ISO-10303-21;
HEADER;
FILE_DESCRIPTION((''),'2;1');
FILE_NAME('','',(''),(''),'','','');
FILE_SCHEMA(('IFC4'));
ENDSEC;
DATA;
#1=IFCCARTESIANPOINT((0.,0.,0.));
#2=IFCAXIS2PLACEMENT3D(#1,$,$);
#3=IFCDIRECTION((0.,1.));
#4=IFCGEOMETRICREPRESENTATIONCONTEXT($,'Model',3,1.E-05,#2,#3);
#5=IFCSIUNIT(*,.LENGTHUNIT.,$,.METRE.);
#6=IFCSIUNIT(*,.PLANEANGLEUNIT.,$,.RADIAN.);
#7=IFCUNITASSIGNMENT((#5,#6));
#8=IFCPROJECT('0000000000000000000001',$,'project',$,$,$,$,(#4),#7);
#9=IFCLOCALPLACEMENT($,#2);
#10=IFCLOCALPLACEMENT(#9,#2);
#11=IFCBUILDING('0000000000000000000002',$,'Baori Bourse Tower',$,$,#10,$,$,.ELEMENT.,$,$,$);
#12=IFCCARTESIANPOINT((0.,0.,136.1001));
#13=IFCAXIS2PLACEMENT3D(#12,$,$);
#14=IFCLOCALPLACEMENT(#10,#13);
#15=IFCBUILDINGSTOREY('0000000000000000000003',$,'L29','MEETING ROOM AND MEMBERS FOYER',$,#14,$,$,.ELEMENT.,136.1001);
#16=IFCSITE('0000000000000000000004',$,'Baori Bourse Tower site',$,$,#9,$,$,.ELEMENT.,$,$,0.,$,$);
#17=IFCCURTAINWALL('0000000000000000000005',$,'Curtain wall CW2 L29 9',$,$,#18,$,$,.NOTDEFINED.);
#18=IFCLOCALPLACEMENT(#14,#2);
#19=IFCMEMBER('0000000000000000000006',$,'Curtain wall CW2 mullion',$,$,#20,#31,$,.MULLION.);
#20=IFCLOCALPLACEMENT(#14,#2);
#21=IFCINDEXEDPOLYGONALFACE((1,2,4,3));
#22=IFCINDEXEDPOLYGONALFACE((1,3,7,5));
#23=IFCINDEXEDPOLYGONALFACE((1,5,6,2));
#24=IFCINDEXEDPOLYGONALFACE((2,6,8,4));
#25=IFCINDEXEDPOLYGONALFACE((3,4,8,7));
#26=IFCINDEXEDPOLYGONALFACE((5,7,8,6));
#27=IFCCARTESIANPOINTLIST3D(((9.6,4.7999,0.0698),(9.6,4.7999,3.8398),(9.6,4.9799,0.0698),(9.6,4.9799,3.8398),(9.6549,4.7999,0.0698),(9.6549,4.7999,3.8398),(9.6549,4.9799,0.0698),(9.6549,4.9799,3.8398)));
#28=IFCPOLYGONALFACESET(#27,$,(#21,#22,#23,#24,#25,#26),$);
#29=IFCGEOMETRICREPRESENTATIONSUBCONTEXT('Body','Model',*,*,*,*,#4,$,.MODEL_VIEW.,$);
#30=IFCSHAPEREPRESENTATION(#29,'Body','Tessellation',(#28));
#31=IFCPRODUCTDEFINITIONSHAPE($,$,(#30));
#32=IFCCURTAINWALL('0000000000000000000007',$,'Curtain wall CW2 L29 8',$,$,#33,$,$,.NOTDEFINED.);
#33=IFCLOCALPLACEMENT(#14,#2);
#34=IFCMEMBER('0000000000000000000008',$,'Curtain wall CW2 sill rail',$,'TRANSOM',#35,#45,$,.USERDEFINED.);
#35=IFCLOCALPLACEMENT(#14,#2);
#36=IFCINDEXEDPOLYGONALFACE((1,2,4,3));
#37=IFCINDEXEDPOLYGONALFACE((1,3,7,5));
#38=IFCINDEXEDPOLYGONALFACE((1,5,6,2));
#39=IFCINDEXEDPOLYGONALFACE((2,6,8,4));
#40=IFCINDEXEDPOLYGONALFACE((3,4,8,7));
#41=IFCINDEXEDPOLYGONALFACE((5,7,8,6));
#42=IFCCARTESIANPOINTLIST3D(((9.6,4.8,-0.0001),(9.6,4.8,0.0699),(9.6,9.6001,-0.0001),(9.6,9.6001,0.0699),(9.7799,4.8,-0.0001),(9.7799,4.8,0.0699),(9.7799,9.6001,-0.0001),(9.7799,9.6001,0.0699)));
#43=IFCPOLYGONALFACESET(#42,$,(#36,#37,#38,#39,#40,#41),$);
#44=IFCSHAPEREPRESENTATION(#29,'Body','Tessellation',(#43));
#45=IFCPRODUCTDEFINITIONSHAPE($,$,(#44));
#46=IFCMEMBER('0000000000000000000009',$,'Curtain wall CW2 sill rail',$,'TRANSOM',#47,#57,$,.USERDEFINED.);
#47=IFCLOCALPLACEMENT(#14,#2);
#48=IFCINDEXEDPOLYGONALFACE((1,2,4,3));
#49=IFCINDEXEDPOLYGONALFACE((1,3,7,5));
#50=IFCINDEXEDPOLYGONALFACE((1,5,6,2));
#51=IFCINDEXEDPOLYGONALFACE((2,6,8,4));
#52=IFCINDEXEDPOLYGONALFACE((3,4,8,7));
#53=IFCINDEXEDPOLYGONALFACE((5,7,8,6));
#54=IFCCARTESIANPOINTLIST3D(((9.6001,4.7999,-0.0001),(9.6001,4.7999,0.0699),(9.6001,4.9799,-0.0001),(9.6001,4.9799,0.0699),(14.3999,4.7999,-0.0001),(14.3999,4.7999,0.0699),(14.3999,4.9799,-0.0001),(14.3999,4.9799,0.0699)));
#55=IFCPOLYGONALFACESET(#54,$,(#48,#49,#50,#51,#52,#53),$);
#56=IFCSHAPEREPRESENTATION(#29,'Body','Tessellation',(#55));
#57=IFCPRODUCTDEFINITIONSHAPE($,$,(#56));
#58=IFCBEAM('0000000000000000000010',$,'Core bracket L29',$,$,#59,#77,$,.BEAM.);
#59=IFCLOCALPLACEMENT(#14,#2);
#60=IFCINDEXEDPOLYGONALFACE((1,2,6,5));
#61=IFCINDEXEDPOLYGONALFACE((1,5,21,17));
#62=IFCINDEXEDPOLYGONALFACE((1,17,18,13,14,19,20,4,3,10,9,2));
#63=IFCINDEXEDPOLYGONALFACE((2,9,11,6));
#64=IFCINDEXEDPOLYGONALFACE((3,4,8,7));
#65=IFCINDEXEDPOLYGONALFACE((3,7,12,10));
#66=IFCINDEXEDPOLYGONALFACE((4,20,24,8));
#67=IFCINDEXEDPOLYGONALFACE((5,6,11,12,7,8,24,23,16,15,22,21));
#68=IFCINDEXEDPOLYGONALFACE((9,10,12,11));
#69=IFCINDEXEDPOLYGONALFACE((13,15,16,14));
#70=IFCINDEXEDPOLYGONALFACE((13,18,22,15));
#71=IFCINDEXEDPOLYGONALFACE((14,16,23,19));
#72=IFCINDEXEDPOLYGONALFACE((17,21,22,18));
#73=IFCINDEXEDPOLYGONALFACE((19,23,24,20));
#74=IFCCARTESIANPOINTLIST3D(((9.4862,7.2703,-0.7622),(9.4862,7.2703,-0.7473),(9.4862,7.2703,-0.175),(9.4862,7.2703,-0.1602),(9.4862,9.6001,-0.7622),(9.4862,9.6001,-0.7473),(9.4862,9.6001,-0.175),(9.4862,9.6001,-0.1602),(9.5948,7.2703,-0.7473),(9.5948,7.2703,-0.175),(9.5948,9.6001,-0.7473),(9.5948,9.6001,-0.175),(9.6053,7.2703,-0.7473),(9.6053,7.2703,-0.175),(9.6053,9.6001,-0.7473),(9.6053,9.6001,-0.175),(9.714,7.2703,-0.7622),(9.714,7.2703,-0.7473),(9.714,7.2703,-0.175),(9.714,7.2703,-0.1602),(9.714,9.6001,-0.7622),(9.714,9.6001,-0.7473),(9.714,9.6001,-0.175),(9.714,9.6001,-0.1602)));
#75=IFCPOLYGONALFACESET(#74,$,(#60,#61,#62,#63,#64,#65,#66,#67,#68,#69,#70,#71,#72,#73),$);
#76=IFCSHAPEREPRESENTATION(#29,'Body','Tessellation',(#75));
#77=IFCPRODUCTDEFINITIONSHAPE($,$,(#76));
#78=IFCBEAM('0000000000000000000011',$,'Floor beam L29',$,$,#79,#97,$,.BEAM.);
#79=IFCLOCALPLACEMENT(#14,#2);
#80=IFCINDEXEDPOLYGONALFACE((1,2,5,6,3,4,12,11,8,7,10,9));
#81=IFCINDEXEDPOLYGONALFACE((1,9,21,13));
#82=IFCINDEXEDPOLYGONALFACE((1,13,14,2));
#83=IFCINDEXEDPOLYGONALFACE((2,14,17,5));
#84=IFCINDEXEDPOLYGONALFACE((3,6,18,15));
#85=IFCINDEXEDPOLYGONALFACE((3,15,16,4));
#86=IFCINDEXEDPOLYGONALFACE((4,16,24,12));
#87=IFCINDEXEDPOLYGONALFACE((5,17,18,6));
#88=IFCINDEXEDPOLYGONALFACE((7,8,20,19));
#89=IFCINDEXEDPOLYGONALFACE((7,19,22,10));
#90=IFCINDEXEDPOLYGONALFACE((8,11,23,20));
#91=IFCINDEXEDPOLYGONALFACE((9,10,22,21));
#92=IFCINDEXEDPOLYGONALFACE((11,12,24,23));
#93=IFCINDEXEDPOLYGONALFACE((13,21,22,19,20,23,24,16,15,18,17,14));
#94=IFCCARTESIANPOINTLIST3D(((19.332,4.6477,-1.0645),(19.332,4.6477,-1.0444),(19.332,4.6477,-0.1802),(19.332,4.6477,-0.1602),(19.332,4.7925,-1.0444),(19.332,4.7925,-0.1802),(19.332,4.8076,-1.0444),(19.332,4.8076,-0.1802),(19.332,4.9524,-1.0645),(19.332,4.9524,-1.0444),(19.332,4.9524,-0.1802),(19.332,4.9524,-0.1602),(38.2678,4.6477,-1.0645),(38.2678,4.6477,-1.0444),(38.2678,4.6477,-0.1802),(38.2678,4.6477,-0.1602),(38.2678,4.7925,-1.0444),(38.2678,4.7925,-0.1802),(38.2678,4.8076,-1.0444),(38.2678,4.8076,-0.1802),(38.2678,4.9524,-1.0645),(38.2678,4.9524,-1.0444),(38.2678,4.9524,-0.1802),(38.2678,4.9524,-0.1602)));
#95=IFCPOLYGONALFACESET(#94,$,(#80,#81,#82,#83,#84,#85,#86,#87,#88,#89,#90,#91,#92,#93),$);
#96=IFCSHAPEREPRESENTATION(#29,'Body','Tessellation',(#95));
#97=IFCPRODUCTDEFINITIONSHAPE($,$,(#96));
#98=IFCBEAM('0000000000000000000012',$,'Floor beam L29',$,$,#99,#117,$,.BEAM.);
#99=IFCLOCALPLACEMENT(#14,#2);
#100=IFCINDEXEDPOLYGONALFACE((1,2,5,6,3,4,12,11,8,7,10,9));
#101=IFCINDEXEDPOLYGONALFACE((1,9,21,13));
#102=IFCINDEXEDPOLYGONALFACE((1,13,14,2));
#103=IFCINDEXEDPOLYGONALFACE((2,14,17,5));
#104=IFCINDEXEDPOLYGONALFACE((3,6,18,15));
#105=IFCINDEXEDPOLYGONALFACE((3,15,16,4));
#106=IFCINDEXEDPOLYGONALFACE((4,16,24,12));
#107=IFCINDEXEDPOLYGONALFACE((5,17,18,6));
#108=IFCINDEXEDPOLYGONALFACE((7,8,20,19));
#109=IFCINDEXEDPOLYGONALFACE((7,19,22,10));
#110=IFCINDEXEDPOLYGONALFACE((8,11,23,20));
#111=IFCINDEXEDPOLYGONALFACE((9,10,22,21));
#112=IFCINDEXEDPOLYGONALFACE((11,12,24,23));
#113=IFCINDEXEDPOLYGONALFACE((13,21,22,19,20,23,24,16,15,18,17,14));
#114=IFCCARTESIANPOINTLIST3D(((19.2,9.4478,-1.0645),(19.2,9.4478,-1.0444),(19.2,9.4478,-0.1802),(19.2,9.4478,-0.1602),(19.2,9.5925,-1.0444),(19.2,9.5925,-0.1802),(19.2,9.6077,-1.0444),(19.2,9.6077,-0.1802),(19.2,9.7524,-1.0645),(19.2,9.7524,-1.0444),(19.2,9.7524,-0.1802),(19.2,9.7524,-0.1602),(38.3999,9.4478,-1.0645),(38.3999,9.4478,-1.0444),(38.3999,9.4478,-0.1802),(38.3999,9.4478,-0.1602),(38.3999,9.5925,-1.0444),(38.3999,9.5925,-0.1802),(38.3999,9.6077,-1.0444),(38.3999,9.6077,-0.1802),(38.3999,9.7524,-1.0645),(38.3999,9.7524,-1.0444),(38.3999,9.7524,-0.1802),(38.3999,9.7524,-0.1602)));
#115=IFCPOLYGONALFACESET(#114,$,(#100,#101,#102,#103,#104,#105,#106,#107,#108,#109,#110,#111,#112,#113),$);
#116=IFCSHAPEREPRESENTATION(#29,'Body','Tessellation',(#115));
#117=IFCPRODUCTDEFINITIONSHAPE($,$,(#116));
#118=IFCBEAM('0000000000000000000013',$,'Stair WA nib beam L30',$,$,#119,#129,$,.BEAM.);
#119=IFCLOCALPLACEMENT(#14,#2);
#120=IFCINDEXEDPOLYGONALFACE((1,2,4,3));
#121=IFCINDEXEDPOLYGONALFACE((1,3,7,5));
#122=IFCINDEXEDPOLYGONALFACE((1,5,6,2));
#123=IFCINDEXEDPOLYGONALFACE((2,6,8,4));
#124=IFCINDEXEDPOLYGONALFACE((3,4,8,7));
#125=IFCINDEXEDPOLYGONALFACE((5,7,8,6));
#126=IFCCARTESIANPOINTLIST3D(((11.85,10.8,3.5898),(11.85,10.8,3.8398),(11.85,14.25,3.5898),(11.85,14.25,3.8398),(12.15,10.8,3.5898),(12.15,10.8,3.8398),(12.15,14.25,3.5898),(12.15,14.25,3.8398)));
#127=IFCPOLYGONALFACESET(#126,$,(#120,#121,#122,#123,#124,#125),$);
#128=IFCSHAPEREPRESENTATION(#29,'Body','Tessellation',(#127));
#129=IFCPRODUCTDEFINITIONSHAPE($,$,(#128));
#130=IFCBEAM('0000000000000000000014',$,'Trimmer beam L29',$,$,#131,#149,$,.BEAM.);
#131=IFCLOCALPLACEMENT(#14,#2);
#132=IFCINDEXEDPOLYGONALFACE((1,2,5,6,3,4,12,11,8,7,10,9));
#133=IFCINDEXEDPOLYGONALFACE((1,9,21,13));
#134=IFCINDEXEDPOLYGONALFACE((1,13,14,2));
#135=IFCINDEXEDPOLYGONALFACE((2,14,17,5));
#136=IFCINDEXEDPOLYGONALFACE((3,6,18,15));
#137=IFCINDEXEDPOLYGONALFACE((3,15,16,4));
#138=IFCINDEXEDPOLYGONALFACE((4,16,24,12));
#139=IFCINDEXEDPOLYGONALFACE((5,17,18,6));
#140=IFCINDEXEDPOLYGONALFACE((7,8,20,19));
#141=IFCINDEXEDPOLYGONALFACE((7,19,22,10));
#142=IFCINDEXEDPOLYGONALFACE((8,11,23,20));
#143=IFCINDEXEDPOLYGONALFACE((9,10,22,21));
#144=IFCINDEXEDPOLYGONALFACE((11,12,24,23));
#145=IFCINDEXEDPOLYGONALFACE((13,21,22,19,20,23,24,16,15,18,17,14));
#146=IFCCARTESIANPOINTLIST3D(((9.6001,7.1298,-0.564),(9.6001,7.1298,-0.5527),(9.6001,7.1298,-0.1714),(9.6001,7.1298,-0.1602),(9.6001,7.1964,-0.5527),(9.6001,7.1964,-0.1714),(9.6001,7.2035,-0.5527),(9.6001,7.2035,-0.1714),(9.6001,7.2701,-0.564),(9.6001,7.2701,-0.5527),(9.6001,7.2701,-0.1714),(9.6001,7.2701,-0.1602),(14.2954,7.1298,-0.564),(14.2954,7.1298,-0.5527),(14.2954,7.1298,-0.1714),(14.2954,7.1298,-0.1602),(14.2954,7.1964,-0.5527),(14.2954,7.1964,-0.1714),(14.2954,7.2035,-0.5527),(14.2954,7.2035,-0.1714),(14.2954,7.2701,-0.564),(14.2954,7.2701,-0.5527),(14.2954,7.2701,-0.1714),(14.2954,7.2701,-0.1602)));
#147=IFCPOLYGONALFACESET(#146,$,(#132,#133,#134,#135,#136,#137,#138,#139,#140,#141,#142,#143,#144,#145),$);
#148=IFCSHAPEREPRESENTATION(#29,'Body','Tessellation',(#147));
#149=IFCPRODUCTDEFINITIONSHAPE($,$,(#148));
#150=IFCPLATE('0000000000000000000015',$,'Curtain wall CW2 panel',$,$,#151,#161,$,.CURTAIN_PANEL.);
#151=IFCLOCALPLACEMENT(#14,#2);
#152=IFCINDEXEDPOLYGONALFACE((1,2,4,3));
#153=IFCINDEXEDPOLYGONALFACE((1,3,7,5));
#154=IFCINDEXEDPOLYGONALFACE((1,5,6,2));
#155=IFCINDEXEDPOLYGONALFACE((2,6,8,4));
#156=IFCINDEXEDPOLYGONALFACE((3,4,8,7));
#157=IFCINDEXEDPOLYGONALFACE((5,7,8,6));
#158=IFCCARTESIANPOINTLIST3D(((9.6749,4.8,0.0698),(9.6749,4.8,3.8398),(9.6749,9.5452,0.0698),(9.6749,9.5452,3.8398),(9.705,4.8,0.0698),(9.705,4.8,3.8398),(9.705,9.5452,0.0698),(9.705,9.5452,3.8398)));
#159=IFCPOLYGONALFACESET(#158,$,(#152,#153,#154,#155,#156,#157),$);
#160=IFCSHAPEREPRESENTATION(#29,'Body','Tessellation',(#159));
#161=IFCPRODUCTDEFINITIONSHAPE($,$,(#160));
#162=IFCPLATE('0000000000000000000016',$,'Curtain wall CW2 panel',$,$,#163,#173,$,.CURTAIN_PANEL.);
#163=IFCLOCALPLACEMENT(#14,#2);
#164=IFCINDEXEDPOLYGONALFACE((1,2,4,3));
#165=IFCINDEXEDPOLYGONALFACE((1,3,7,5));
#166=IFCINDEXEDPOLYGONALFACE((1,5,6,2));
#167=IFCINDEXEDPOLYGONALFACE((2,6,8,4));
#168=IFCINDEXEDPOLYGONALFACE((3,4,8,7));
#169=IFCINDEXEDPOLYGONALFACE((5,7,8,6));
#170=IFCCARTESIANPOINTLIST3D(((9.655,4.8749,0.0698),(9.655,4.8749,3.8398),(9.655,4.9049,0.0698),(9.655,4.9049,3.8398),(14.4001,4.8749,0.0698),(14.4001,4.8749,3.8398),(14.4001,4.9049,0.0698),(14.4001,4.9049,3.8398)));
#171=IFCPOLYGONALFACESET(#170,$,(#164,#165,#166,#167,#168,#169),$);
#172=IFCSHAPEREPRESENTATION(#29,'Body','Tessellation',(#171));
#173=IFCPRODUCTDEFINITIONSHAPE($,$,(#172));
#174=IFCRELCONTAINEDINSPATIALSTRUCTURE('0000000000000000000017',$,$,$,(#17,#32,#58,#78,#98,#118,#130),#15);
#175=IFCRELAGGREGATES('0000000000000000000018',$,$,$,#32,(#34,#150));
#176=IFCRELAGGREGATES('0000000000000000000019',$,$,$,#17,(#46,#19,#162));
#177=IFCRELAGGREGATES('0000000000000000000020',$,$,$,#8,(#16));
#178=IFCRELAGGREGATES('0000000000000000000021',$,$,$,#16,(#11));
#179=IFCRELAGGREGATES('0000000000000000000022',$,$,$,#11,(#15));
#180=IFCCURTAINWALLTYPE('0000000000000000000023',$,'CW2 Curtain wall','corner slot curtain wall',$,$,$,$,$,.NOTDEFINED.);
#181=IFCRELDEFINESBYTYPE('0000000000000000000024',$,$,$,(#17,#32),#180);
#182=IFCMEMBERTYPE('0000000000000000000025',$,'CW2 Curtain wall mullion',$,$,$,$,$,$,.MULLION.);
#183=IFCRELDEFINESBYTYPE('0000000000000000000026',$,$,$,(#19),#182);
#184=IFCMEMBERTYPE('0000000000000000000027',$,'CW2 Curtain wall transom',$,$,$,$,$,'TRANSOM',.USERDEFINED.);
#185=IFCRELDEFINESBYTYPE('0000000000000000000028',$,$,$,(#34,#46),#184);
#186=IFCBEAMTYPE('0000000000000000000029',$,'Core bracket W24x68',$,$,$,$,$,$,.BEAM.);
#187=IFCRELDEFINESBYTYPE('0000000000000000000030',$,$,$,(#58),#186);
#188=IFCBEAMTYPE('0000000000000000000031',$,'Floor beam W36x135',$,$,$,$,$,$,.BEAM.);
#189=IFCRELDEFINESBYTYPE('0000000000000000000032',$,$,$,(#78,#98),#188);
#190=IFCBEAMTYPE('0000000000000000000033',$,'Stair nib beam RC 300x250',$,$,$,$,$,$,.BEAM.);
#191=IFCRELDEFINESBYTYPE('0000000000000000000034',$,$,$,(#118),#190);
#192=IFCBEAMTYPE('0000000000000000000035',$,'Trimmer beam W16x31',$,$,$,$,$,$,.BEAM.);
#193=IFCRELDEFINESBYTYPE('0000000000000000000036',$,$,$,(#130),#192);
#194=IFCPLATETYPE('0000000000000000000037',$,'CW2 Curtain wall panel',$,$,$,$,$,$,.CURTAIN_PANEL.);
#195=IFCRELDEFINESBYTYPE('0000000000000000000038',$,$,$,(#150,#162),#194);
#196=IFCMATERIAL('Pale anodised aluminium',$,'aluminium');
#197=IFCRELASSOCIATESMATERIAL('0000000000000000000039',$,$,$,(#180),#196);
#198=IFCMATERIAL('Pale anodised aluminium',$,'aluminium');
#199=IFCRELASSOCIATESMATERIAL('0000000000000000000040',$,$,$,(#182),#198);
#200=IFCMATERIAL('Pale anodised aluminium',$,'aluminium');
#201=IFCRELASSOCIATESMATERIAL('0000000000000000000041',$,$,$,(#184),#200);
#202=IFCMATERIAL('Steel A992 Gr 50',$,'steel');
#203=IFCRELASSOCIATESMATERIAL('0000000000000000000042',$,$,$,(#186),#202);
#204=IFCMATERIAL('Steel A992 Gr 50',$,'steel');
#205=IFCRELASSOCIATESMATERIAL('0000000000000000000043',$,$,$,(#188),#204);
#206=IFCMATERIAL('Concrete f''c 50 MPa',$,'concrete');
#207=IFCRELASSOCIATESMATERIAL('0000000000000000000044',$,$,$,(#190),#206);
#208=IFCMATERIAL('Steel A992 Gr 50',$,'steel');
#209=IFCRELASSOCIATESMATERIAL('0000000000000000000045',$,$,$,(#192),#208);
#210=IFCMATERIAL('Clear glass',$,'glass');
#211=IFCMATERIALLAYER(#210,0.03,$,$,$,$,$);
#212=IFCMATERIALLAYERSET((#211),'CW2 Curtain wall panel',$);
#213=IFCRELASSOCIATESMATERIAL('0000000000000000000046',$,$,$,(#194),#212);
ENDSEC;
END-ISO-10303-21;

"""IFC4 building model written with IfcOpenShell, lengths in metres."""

from ifc_helpers import new_model, si_unit, direction, frame, origin, origin_2d, place, context, subcontext, project, spatial, rectangle, i_section, extrude, material, layer, layer_set, material_profile, profile_set, type_object, element, aggregate, save


model = new_model("IFC4")

# Units and contexts
model_context = context("Model", 3, precision=1e-05, world=origin(), true_north=direction((0.0, 1.0)))
body_context = subcontext(model_context, "Body", "Model", "MODEL_VIEW")
ifc_project = project(units=[si_unit("LENGTHUNIT", "METRE"), si_unit("PLANEANGLEUNIT", "RADIAN")], contexts=[model_context])

# Site, building, storey
site_placement = place(None, origin())
site = spatial("IfcSite", under=ifc_project, at=site_placement, Name="Baori Bourse Tower site", CompositionType="ELEMENT", RefElevation=0.0)
building_placement = place(site_placement, origin())
building = spatial("IfcBuilding", under=site, at=building_placement, Name="Baori Bourse Tower", CompositionType="ELEMENT")
storey_placement = place(building_placement, frame((0.0, 0.0, 136.1001)))
storey = spatial("IfcBuildingStorey", under=building, at=storey_placement, Name="L29", Description="MEETING ROOM AND MEMBERS FOYER", CompositionType="ELEMENT", Elevation=136.1001)

# Curtain walls, members
ifc_material_1 = material(Name="Pale anodised aluminium", Category="aluminium")
curtain_wall_type = type_object("IfcCurtainWallType", Name="CW2 Curtain wall", Description="corner slot curtain wall", PredefinedType="NOTDEFINED", material=ifc_material_1)
curtain_wall_1_placement = place(storey_placement, origin())
curtain_wall_1 = element("IfcCurtainWall", 1, at=curtain_wall_1_placement, inside=storey, type_object=curtain_wall_type, Name="Curtain wall CW2 L29 9", PredefinedType="NOTDEFINED")
ifc_material_2 = material(Name="Pale anodised aluminium", Category="aluminium")
ifc_material_profile_1 = material_profile(ifc_material_2, rectangle(XDim=0.1799, YDim=0.0549, at=origin_2d()), Name="Mullion 55x180")
ifc_profile_set_1 = profile_set([ifc_material_profile_1], Name="Pale anodised aluminium")
member_type_1 = type_object("IfcMemberType", Name="CW2 Curtain wall mullion", PredefinedType="MULLION", material=ifc_profile_set_1)
member_1_placement = place(storey_placement, frame((9.6274, 4.8899, 0.0698), z_axis=(0.0, 0.0, 1.0), x_axis=(0.0, 1.0, 0.0)))
member_1 = element("IfcMember", 2, at=member_1_placement, type_object=member_type_1, Name="Curtain wall CW2 mullion", PredefinedType="MULLION", context=body_context, shape_type="SweptSolid", body=[
    extrude(rectangle(XDim=0.1799, YDim=0.0549, at=origin_2d()), origin(), (0.0, 0.0, 1.0), 3.77),
])
curtain_wall_2_placement = place(storey_placement, origin())
curtain_wall_2 = element("IfcCurtainWall", 3, at=curtain_wall_2_placement, inside=storey, type_object=curtain_wall_type, Name="Curtain wall CW2 L29 8", PredefinedType="NOTDEFINED")
ifc_material_3 = material(Name="Pale anodised aluminium", Category="aluminium")
ifc_material_profile_2 = material_profile(ifc_material_3, rectangle(XDim=0.1799, YDim=0.0701, at=origin_2d()), Name="Transom 70x180")
ifc_profile_set_2 = profile_set([ifc_material_profile_2], Name="Pale anodised aluminium")
member_type_2 = type_object("IfcMemberType", Name="CW2 Curtain wall transom", ElementType="TRANSOM", PredefinedType="USERDEFINED", material=ifc_profile_set_2)
member_2_placement = place(storey_placement, frame((9.6899, 9.6001, 0.0349), z_axis=(0.0, -1.0, 0.0), x_axis=(1.0, 0.0, 0.0)))
member_2 = element("IfcMember", 4, at=member_2_placement, type_object=member_type_2, Name="Curtain wall CW2 sill rail", ObjectType="TRANSOM", PredefinedType="USERDEFINED", context=body_context, shape_type="SweptSolid", body=[
    extrude(rectangle(XDim=0.1799, YDim=0.0701, at=origin_2d()), origin(), (0.0, 0.0, 1.0), 4.8),
])

# Member
member_3_placement = place(storey_placement, frame((9.6001, 4.8899, 0.0349), z_axis=(1.0, 0.0, 0.0), x_axis=(0.0, 1.0, 0.0)))
member_3 = element("IfcMember", 5, at=member_3_placement, type_object=member_type_2, Name="Curtain wall CW2 sill rail", ObjectType="TRANSOM", PredefinedType="USERDEFINED", context=body_context, shape_type="SweptSolid", body=[
    extrude(rectangle(XDim=0.1799, YDim=0.0701, at=origin_2d()), origin(), (0.0, 0.0, 1.0), 4.7998),
])

# Beams
ifc_material_4 = material(Name="Steel A992 Gr 50", Category="steel")
ifc_material_profile_3 = material_profile(ifc_material_4, i_section(OverallWidth=0.2278, OverallDepth=0.6021, WebThickness=0.0105, FlangeThickness=0.0149, at=origin_2d()), Name="W24x68")
ifc_profile_set_3 = profile_set([ifc_material_profile_3], Name="Steel A992 Gr 50")
beam_type_1 = type_object("IfcBeamType", Name="Core bracket W24x68", PredefinedType="BEAM", material=ifc_profile_set_3)
beam_1_placement = place(storey_placement, frame((9.6001, 7.2703, -0.4612), z_axis=(0.0, 1.0, 0.0), x_axis=(-1.0, 0.0, 0.0)))
element("IfcBeam", 6, at=beam_1_placement, inside=storey, type_object=beam_type_1, Name="Core bracket L29", PredefinedType="BEAM", context=body_context, shape_type="SweptSolid", body=[
    extrude(i_section(OverallWidth=0.2278, OverallDepth=0.6021, WebThickness=0.0105, FlangeThickness=0.0149, at=origin_2d()), origin(), (0.0, 0.0, 1.0), 2.3298),
])
ifc_material_5 = material(Name="Steel A992 Gr 50", Category="steel")
ifc_material_profile_4 = material_profile(ifc_material_5, i_section(OverallWidth=0.3047, OverallDepth=0.9043, WebThickness=0.0151, FlangeThickness=0.02, at=origin_2d()), Name="W36x135")
ifc_profile_set_4 = profile_set([ifc_material_profile_4], Name="Steel A992 Gr 50")
beam_type_2 = type_object("IfcBeamType", Name="Floor beam W36x135", PredefinedType="BEAM", material=ifc_profile_set_4)
beam_2_placement = place(storey_placement, frame((19.332, 4.8, -0.6123), z_axis=(1.0, 0.0, 0.0), x_axis=(0.0, 1.0, 0.0)))
element("IfcBeam", 7, at=beam_2_placement, inside=storey, type_object=beam_type_2, Name="Floor beam L29", PredefinedType="BEAM", context=body_context, shape_type="SweptSolid", body=[
    extrude(i_section(OverallWidth=0.3047, OverallDepth=0.9043, WebThickness=0.0151, FlangeThickness=0.02, at=origin_2d()), origin(), (0.0, 0.0, 1.0), 18.9358),
])
beam_3_placement = place(storey_placement, frame((19.2, 9.6001, -0.6123), z_axis=(1.0, 0.0, 0.0), x_axis=(0.0, 1.0, 0.0)))
element("IfcBeam", 8, at=beam_3_placement, inside=storey, type_object=beam_type_2, Name="Floor beam L29", PredefinedType="BEAM", context=body_context, shape_type="SweptSolid", body=[
    extrude(i_section(OverallWidth=0.3047, OverallDepth=0.9043, WebThickness=0.0151, FlangeThickness=0.02, at=origin_2d()), origin(), (0.0, 0.0, 1.0), 19.2),
])
ifc_material_6 = material(Name="Concrete f'c 50 MPa", Category="concrete")
ifc_material_profile_5 = material_profile(ifc_material_6, rectangle(XDim=0.3, YDim=0.25, at=origin_2d()), Name="RC 300x250")
ifc_profile_set_5 = profile_set([ifc_material_profile_5], Name="Concrete f'c 50 MPa")
beam_type_3 = type_object("IfcBeamType", Name="Stair nib beam RC 300x250", PredefinedType="BEAM", material=ifc_profile_set_5)
beam_4_placement = place(storey_placement, frame((12.0, 10.8, 3.7148), z_axis=(0.0, 1.0, 0.0), x_axis=(-1.0, 0.0, 0.0)))
element("IfcBeam", 9, at=beam_4_placement, inside=storey, type_object=beam_type_3, Name="Stair WA nib beam L30", PredefinedType="BEAM", context=body_context, shape_type="SweptSolid", body=[
    extrude(rectangle(XDim=0.3, YDim=0.25, at=origin_2d()), origin(), (0.0, 0.0, 1.0), 3.45),
])
ifc_material_7 = material(Name="Steel A992 Gr 50", Category="steel")
ifc_material_profile_6 = material_profile(ifc_material_7, i_section(OverallWidth=0.1404, OverallDepth=0.4038, WebThickness=0.0071, FlangeThickness=0.0112, at=origin_2d()), Name="W16x31")
ifc_profile_set_6 = profile_set([ifc_material_profile_6], Name="Steel A992 Gr 50")
beam_type_4 = type_object("IfcBeamType", Name="Trimmer beam W16x31", PredefinedType="BEAM", material=ifc_profile_set_6)
beam_5_placement = place(storey_placement, frame((9.6001, 7.2, -0.3621), z_axis=(1.0, 0.0, 0.0), x_axis=(0.0, 1.0, 0.0)))
element("IfcBeam", 10, at=beam_5_placement, inside=storey, type_object=beam_type_4, Name="Trimmer beam L29", PredefinedType="BEAM", context=body_context, shape_type="SweptSolid", body=[
    extrude(i_section(OverallWidth=0.1404, OverallDepth=0.4038, WebThickness=0.0071, FlangeThickness=0.0112, at=origin_2d()), origin(), (0.0, 0.0, 1.0), 4.6953),
])

# Plates
ifc_material_8 = material(Name="Clear glass", Category="glass")
ifc_layer_1 = layer(ifc_material_8, 0.03)
ifc_layer_set_1 = layer_set([ifc_layer_1], Name="CW2 Curtain wall panel")
plate_type = type_object("IfcPlateType", Name="CW2 Curtain wall panel", PredefinedType="CURTAIN_PANEL", material=ifc_layer_set_1)
plate_1_placement = place(storey_placement, frame((9.6899, 7.1726, 0.0698), z_axis=(0.0, 0.0, 1.0), x_axis=(0.0, -1.0, 0.0)))
plate_1 = element("IfcPlate", 11, at=plate_1_placement, type_object=plate_type, Name="Curtain wall CW2 panel", PredefinedType="CURTAIN_PANEL", context=body_context, shape_type="SweptSolid", body=[
    extrude(rectangle(XDim=4.7451, YDim=0.03, at=origin_2d()), origin(), (0.0, 0.0, 1.0), 3.77),
])
aggregate(curtain_wall_2, [member_2, plate_1])
plate_2_placement = place(storey_placement, frame((12.0276, 4.8899, 0.0698), z_axis=(0.0, 0.0, 1.0), x_axis=(1.0, 0.0, 0.0)))
plate_2 = element("IfcPlate", 12, at=plate_2_placement, type_object=plate_type, Name="Curtain wall CW2 panel", PredefinedType="CURTAIN_PANEL", context=body_context, shape_type="SweptSolid", body=[
    extrude(rectangle(XDim=4.7451, YDim=0.03, at=origin_2d()), origin(), (0.0, 0.0, 1.0), 3.77),
])
aggregate(curtain_wall_1, [member_3, member_1, plate_2])

save(model, "model.ifc")
